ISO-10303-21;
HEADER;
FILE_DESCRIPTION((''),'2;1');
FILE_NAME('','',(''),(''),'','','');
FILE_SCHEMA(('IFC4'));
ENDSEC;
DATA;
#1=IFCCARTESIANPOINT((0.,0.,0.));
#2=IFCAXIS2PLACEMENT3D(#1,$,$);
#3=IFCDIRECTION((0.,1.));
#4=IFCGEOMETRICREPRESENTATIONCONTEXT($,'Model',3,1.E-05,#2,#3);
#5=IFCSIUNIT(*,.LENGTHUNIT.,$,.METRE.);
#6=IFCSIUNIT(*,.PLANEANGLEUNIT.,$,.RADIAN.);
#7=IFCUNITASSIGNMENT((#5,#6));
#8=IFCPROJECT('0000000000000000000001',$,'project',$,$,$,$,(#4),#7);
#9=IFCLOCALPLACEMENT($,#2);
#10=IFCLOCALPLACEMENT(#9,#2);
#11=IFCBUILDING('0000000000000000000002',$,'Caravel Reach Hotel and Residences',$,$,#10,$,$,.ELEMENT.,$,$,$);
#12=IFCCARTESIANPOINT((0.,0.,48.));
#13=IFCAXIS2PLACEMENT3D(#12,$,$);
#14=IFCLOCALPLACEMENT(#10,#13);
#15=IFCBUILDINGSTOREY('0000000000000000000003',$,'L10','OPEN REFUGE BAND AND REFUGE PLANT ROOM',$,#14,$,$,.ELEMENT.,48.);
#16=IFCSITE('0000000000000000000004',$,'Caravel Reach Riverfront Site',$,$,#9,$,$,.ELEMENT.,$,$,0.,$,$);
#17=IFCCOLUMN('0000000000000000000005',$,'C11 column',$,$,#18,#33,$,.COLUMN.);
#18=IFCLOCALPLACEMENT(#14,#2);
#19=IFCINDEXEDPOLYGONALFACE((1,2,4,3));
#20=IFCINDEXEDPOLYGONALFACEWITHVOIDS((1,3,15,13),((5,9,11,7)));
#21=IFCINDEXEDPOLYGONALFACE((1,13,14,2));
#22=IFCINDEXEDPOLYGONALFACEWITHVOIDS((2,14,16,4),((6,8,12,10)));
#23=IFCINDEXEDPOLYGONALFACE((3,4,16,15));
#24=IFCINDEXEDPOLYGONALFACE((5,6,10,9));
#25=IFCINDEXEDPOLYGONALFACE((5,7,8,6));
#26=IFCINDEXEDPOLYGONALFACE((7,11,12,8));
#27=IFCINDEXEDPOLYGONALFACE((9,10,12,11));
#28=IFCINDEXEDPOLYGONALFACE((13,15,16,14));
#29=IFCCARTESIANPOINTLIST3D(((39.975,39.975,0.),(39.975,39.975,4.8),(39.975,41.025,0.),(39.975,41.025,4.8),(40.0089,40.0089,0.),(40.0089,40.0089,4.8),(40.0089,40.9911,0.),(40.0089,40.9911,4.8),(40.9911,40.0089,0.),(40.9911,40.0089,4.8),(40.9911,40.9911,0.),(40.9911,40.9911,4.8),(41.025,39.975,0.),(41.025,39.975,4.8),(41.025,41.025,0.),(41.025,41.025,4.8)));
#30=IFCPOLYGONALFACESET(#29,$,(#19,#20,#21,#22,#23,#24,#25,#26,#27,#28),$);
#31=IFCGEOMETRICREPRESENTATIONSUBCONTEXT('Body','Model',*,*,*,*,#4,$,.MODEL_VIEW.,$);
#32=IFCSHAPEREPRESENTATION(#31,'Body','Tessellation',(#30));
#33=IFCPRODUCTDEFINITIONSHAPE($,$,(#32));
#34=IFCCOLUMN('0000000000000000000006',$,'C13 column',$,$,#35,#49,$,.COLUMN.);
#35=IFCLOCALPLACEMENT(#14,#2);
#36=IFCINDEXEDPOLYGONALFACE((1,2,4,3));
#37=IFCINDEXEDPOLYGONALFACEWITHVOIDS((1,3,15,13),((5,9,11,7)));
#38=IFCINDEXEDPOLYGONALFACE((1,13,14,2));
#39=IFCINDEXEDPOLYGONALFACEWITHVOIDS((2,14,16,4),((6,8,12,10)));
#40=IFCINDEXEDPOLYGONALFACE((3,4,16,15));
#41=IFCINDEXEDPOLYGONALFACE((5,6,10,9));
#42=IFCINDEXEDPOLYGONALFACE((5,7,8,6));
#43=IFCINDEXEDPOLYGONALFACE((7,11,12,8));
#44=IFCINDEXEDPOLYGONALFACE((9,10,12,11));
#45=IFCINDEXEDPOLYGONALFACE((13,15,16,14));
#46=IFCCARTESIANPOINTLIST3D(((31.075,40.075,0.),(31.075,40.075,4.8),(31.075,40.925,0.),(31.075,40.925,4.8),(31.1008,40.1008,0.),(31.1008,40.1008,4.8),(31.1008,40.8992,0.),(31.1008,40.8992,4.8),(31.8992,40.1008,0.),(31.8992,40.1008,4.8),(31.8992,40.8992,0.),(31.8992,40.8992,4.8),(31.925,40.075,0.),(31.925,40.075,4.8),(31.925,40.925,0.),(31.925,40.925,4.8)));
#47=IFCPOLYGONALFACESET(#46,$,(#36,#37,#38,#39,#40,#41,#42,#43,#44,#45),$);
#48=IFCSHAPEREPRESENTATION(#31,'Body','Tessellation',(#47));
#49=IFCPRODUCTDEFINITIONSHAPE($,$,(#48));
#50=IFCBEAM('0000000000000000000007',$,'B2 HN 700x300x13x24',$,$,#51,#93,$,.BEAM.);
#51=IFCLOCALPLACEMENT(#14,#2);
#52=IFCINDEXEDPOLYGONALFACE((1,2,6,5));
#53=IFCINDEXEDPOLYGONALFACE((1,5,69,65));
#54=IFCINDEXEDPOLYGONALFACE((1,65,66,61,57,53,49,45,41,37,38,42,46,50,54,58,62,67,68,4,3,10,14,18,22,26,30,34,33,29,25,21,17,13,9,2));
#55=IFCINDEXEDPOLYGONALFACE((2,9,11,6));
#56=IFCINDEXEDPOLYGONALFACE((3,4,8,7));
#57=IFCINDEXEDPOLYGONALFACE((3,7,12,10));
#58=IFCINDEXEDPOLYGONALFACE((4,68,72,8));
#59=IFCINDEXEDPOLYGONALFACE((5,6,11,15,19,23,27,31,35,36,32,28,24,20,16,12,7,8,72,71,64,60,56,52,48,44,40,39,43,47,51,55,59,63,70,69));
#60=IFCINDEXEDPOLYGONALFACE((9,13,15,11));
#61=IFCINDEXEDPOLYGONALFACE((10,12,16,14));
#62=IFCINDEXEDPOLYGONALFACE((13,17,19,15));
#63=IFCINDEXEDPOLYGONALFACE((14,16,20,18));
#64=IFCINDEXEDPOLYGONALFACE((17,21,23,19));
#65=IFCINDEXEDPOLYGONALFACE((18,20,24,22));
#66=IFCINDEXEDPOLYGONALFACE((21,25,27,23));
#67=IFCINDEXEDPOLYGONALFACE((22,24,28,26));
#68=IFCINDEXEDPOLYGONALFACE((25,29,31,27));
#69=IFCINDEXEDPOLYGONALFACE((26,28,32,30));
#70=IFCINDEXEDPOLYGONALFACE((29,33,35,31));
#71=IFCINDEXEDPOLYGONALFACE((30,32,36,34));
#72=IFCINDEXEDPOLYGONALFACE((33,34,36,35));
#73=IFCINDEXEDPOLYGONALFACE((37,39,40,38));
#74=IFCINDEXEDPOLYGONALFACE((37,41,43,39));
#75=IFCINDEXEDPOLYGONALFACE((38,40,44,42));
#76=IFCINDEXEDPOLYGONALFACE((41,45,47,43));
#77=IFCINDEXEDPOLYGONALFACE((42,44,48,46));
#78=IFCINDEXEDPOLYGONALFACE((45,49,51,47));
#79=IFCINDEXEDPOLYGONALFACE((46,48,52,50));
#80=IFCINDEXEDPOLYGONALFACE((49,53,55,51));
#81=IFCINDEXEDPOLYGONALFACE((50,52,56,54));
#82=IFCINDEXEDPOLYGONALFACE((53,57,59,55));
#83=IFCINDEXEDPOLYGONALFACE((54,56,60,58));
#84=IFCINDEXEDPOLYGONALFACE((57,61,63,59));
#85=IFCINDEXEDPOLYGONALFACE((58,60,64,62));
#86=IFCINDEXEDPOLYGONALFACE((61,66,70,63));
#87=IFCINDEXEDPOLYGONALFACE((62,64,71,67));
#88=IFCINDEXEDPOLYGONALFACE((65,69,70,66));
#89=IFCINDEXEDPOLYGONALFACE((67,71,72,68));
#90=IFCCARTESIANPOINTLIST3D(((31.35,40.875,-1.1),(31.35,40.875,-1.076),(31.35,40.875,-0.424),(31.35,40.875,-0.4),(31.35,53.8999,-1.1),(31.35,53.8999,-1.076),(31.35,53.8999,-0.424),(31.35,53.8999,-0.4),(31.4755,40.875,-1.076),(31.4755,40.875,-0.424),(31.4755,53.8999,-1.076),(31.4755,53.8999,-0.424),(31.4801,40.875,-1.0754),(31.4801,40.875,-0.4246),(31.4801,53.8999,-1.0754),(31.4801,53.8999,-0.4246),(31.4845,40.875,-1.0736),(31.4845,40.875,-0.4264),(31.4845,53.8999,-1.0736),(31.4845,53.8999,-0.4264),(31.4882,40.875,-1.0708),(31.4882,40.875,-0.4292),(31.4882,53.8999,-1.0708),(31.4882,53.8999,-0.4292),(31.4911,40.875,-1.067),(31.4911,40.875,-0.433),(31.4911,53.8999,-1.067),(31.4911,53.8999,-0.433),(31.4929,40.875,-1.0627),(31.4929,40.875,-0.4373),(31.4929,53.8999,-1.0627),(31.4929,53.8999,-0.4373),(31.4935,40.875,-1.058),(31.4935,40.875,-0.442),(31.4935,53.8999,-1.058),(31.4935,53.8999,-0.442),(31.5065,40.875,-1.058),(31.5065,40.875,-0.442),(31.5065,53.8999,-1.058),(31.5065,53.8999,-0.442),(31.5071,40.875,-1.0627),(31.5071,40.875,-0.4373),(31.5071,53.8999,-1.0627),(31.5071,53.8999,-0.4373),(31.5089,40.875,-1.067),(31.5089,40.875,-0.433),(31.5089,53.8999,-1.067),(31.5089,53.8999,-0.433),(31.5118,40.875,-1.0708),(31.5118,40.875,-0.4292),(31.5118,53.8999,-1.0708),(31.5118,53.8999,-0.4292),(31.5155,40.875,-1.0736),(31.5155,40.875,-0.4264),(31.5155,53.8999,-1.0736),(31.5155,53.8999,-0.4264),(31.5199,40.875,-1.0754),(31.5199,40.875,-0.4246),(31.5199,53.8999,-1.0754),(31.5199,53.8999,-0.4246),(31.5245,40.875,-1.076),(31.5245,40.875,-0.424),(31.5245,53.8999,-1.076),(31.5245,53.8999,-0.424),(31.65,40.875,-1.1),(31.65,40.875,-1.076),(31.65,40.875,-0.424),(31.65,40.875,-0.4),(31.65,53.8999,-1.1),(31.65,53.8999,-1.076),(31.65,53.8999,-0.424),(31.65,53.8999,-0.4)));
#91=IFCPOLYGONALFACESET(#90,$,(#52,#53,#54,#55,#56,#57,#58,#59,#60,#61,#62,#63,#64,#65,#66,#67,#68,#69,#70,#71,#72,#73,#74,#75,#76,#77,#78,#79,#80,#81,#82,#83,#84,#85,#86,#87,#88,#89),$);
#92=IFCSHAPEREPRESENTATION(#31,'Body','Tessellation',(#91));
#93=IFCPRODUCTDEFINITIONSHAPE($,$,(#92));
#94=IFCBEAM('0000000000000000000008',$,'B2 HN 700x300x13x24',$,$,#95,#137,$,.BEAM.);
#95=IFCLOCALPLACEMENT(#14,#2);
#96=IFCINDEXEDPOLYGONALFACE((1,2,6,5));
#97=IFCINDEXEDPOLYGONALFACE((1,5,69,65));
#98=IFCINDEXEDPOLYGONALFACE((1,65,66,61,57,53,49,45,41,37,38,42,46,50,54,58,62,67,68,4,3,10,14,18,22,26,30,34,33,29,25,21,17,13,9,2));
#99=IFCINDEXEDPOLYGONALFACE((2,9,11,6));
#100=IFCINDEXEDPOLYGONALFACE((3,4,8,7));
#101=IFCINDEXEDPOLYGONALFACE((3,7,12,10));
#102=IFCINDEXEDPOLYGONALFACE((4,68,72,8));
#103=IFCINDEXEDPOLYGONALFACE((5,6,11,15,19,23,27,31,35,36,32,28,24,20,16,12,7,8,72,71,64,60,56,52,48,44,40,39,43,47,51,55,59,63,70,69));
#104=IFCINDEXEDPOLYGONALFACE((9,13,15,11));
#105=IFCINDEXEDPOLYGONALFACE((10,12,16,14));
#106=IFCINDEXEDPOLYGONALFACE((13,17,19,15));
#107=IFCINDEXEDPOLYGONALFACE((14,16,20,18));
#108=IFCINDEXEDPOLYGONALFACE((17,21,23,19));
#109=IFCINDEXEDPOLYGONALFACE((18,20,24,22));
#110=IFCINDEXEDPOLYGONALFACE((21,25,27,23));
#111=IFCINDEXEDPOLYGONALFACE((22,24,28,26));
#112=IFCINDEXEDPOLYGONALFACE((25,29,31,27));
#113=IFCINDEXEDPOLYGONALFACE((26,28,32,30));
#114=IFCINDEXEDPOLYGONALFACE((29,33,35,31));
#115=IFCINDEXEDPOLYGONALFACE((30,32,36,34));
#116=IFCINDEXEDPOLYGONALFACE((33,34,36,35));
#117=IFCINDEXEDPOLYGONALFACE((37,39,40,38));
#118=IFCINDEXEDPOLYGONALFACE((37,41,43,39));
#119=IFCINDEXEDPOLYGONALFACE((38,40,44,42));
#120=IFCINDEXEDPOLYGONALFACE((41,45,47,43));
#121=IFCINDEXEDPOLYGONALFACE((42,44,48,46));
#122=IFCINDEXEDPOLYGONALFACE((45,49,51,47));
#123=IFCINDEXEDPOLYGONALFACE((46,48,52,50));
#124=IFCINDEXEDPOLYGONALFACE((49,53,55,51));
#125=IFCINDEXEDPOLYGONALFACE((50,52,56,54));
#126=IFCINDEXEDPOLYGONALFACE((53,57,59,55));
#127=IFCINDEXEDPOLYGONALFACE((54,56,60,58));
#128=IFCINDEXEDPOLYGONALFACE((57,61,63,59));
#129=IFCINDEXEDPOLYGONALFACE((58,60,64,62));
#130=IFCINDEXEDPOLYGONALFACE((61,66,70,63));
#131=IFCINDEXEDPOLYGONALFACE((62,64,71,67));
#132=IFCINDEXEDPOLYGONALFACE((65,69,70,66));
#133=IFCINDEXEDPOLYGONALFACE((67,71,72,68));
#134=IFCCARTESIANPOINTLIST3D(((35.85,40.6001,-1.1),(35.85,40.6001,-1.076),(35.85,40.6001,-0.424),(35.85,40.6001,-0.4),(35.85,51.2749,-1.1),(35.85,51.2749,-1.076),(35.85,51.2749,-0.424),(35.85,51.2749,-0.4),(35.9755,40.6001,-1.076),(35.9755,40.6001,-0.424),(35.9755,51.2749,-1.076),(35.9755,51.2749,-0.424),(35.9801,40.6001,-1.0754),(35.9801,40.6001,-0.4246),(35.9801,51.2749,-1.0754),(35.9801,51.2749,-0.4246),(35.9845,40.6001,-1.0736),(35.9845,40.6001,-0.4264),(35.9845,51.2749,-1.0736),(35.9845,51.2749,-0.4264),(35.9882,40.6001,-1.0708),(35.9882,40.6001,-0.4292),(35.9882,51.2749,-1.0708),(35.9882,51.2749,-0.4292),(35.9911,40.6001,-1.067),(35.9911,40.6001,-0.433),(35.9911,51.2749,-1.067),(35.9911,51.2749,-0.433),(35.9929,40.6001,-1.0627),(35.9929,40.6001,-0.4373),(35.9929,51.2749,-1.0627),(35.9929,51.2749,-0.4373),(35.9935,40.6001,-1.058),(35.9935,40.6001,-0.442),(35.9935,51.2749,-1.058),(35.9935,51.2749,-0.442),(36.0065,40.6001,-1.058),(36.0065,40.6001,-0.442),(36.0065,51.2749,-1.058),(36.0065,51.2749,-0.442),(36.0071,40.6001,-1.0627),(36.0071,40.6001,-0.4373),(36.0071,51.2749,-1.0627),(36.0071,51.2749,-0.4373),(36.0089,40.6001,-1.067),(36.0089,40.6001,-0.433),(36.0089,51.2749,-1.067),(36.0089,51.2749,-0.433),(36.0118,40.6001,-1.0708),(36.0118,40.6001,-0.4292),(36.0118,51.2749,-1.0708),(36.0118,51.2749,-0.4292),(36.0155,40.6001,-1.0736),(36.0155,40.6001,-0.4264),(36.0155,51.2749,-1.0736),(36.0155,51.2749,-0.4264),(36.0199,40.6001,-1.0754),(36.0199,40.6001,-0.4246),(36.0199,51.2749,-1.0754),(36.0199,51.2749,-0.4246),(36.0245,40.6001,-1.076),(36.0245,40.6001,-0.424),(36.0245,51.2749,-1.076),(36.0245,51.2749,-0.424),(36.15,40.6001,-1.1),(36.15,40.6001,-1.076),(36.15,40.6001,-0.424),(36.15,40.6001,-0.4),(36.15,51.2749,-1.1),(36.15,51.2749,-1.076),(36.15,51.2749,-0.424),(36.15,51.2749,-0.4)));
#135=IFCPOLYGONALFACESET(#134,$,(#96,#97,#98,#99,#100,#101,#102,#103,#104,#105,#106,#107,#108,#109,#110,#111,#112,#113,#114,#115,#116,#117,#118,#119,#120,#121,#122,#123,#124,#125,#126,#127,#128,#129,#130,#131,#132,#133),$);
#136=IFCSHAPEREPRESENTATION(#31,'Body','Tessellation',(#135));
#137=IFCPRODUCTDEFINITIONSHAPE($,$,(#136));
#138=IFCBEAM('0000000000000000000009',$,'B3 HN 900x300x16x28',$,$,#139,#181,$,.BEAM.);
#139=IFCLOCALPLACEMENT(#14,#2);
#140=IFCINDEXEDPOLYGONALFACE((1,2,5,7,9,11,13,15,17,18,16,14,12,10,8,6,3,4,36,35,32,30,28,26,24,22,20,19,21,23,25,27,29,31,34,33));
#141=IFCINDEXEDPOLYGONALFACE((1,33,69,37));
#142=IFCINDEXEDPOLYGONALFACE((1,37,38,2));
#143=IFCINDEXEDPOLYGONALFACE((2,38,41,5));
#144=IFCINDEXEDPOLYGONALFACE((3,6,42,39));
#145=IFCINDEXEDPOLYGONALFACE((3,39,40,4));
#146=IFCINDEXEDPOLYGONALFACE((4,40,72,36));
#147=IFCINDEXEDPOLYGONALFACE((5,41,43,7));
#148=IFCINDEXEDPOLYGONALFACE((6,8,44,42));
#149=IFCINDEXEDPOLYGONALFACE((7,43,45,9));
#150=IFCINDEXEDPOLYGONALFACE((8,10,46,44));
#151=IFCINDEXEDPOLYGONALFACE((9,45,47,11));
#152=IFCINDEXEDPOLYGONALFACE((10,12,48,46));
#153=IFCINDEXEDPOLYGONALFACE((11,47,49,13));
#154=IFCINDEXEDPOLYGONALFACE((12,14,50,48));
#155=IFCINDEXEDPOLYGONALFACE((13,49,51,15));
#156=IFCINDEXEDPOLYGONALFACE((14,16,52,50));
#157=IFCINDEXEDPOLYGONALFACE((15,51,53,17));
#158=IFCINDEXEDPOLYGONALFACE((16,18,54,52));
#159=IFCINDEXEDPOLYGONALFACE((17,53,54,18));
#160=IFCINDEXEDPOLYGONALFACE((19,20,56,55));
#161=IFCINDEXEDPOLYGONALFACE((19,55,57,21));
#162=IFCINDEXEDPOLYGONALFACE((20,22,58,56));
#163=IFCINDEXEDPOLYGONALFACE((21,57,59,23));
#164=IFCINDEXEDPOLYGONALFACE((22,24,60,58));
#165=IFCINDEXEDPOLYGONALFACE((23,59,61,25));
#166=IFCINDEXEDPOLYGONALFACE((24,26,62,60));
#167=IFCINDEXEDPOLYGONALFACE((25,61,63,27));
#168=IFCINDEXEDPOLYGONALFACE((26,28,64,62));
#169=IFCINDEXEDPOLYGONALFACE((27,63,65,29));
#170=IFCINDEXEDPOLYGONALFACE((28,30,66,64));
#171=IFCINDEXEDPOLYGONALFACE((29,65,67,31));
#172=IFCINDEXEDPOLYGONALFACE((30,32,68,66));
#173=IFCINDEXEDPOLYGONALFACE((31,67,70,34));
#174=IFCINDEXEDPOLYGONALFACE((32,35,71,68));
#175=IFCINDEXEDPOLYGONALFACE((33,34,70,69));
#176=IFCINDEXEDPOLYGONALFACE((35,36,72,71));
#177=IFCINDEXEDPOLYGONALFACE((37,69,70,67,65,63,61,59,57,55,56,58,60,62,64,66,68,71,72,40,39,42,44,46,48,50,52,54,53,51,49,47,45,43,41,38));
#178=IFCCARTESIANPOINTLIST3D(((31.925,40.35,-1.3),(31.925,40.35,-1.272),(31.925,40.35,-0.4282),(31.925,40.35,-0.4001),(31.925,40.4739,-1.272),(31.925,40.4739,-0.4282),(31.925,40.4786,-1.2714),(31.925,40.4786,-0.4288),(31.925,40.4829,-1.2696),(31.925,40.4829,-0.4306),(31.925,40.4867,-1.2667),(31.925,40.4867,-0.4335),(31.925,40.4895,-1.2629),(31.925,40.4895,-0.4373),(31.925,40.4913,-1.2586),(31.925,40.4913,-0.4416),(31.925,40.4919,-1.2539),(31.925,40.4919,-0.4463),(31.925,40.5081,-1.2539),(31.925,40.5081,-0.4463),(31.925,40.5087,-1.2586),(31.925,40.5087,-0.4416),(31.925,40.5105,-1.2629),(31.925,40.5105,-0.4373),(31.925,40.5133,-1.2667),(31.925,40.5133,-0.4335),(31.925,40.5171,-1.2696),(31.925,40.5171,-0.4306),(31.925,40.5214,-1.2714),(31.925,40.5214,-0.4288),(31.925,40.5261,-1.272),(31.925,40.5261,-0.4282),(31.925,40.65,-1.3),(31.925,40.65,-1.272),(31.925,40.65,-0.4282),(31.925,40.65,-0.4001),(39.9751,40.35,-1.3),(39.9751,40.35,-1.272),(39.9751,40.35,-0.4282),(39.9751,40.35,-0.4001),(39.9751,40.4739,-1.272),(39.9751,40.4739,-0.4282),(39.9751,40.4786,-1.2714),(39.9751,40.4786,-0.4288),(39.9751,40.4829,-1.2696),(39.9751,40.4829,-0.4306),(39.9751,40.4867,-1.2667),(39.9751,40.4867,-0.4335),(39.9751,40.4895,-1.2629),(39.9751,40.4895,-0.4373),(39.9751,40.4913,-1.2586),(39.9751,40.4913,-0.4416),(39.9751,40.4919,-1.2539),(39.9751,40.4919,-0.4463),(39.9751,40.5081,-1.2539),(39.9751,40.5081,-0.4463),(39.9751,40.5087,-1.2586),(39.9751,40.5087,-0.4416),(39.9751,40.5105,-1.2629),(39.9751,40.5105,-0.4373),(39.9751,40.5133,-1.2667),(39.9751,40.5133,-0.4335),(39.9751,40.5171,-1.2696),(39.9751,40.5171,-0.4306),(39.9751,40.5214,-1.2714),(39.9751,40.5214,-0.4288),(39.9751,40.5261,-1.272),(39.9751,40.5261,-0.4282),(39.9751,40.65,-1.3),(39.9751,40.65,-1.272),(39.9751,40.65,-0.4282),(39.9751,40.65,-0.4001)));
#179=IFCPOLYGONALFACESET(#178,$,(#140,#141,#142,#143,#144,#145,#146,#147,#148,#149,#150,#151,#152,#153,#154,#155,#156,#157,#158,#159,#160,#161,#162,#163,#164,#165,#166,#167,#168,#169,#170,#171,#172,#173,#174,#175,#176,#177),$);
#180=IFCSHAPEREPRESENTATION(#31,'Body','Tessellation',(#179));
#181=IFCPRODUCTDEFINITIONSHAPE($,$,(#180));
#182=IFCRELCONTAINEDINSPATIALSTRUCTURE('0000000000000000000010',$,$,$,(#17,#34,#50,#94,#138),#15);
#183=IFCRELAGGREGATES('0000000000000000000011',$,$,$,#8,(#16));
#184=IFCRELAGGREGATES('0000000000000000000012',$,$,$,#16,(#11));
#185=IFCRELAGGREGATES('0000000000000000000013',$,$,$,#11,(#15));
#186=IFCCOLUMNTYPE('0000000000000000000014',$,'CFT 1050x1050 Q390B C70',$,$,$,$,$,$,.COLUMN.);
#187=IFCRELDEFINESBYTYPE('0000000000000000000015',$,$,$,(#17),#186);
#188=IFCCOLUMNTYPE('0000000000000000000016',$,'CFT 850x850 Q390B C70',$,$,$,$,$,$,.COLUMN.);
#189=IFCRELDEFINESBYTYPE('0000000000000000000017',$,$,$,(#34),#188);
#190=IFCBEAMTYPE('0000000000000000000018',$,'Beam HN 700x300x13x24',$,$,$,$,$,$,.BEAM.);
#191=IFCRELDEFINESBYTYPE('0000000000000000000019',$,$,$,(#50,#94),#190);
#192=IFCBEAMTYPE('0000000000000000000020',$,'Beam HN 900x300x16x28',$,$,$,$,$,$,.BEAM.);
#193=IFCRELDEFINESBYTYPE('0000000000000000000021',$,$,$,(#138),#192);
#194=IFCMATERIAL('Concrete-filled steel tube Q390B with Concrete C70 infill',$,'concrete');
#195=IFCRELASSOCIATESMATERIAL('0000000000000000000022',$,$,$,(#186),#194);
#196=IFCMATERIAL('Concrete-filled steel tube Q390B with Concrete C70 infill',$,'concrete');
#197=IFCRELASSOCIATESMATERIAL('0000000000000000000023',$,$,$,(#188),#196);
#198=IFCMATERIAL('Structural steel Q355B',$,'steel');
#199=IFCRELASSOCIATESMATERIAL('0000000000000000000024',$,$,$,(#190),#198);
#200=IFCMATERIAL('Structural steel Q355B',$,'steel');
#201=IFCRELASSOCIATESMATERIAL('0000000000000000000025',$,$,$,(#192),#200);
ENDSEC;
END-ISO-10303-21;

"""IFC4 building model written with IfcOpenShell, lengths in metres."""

from ifc_helpers import new_model, si_unit, direction, frame, origin, origin_2d, place, context, subcontext, project, spatial, hollow_rectangle, i_section, extrude, material, material_profile, profile_set, type_object, element, save


model = new_model("IFC4")

# Units and contexts
model_context = context("Model", 3, precision=1e-05, world=origin(), true_north=direction((0.0, 1.0)))
body_context = subcontext(model_context, "Body", "Model", "MODEL_VIEW")
ifc_project = project(units=[si_unit("LENGTHUNIT", "METRE"), si_unit("PLANEANGLEUNIT", "RADIAN")], contexts=[model_context])

# Site, building, storey
site_placement = place(None, origin())
site = spatial("IfcSite", under=ifc_project, at=site_placement, Name="Caravel Reach Riverfront Site", CompositionType="ELEMENT", RefElevation=0.0)
building_placement = place(site_placement, origin())
building = spatial("IfcBuilding", under=site, at=building_placement, Name="Caravel Reach Hotel and Residences", CompositionType="ELEMENT")
storey_placement = place(building_placement, frame((0.0, 0.0, 48.0)))
storey = spatial("IfcBuildingStorey", under=building, at=storey_placement, Name="L10", Description="OPEN REFUGE BAND AND REFUGE PLANT ROOM", CompositionType="ELEMENT", Elevation=48.0)

# Columns
ifc_material_1 = material(Name="Concrete-filled steel tube Q390B with Concrete C70 infill", Category="concrete")
ifc_material_profile_1 = material_profile(ifc_material_1, hollow_rectangle(XDim=1.05, YDim=1.05, WallThickness=0.0339, at=origin_2d()), Name="RHS 1050x1050x34")
ifc_profile_set_1 = profile_set([ifc_material_profile_1], Name="Concrete-filled steel tube Q390B with Concrete C70 infill")
column_type_1 = type_object("IfcColumnType", Name="CFT 1050x1050 Q390B C70", PredefinedType="COLUMN", material=ifc_profile_set_1)
column_1_placement = place(storey_placement, frame((40.5, 40.5, 0.0), z_axis=(0.0, 0.0, 1.0), x_axis=(1.0, 0.0, 0.0)))
element("IfcColumn", 1, at=column_1_placement, inside=storey, type_object=column_type_1, Name="C11 column", PredefinedType="COLUMN", context=body_context, shape_type="SweptSolid", body=[
    extrude(hollow_rectangle(XDim=1.05, YDim=1.05, WallThickness=0.0339, at=origin_2d()), origin(), (0.0, 0.0, 1.0), 4.8),
])
ifc_material_2 = material(Name="Concrete-filled steel tube Q390B with Concrete C70 infill", Category="concrete")
ifc_material_profile_2 = material_profile(ifc_material_2, hollow_rectangle(XDim=0.8501, YDim=0.8501, WallThickness=0.0259, at=origin_2d()), Name="RHS 850x850x26")
ifc_profile_set_2 = profile_set([ifc_material_profile_2], Name="Concrete-filled steel tube Q390B with Concrete C70 infill")
column_type_2 = type_object("IfcColumnType", Name="CFT 850x850 Q390B C70", PredefinedType="COLUMN", material=ifc_profile_set_2)
column_2_placement = place(storey_placement, frame((31.5, 40.5, 0.0), z_axis=(0.0, 0.0, 1.0), x_axis=(1.0, 0.0, 0.0)))
element("IfcColumn", 2, at=column_2_placement, inside=storey, type_object=column_type_2, Name="C13 column", PredefinedType="COLUMN", context=body_context, shape_type="SweptSolid", body=[
    extrude(hollow_rectangle(XDim=0.8501, YDim=0.8501, WallThickness=0.0259, at=origin_2d()), origin(), (0.0, 0.0, 1.0), 4.8),
])

# Beams
ifc_material_3 = material(Name="Structural steel Q355B", Category="steel")
ifc_material_profile_3 = material_profile(ifc_material_3, i_section(OverallWidth=0.3, OverallDepth=0.7, WebThickness=0.0129, FlangeThickness=0.0239, FilletRadius=0.0181, at=origin_2d()), Name="HN 700x300x13x24")
ifc_profile_set_3 = profile_set([ifc_material_profile_3], Name="Structural steel Q355B")
beam_type_1 = type_object("IfcBeamType", Name="Beam HN 700x300x13x24", PredefinedType="BEAM", material=ifc_profile_set_3)
beam_1_placement = place(storey_placement, frame((31.5, 40.875, -0.75), z_axis=(0.0, 1.0, 0.0), x_axis=(-1.0, 0.0, 0.0)))
element("IfcBeam", 3, at=beam_1_placement, inside=storey, type_object=beam_type_1, Name="B2 HN 700x300x13x24", PredefinedType="BEAM", context=body_context, shape_type="SweptSolid", body=[
    extrude(i_section(OverallWidth=0.3, OverallDepth=0.7, WebThickness=0.0129, FlangeThickness=0.0239, FilletRadius=0.0181, at=origin_2d()), origin(), (0.0, 0.0, 1.0), 13.0249),
])
beam_2_placement = place(storey_placement, frame((36.0, 40.6001, -0.75), z_axis=(0.0, 1.0, 0.0), x_axis=(-1.0, 0.0, 0.0)))
element("IfcBeam", 4, at=beam_2_placement, inside=storey, type_object=beam_type_1, Name="B2 HN 700x300x13x24", PredefinedType="BEAM", context=body_context, shape_type="SweptSolid", body=[
    extrude(i_section(OverallWidth=0.3, OverallDepth=0.7, WebThickness=0.0129, FlangeThickness=0.0239, FilletRadius=0.0181, at=origin_2d()), origin(), (0.0, 0.0, 1.0), 10.6748),
])
ifc_material_4 = material(Name="Structural steel Q355B", Category="steel")
ifc_material_profile_4 = material_profile(ifc_material_4, i_section(OverallWidth=0.3, OverallDepth=0.8999, WebThickness=0.0161, FlangeThickness=0.0281, FilletRadius=0.0181, at=origin_2d()), Name="HN 900x300x16x28")
ifc_profile_set_4 = profile_set([ifc_material_profile_4], Name="Structural steel Q355B")
beam_type_2 = type_object("IfcBeamType", Name="Beam HN 900x300x16x28", PredefinedType="BEAM", material=ifc_profile_set_4)
beam_3_placement = place(storey_placement, frame((31.925, 40.5, -0.8501), z_axis=(1.0, 0.0, 0.0), x_axis=(0.0, 1.0, 0.0)))
element("IfcBeam", 5, at=beam_3_placement, inside=storey, type_object=beam_type_2, Name="B3 HN 900x300x16x28", PredefinedType="BEAM", context=body_context, shape_type="SweptSolid", body=[
    extrude(i_section(OverallWidth=0.3, OverallDepth=0.8999, WebThickness=0.0161, FlangeThickness=0.0281, FilletRadius=0.0181, at=origin_2d()), origin(), (0.0, 0.0, 1.0), 8.05),
])

save(model, "model.ifc")
